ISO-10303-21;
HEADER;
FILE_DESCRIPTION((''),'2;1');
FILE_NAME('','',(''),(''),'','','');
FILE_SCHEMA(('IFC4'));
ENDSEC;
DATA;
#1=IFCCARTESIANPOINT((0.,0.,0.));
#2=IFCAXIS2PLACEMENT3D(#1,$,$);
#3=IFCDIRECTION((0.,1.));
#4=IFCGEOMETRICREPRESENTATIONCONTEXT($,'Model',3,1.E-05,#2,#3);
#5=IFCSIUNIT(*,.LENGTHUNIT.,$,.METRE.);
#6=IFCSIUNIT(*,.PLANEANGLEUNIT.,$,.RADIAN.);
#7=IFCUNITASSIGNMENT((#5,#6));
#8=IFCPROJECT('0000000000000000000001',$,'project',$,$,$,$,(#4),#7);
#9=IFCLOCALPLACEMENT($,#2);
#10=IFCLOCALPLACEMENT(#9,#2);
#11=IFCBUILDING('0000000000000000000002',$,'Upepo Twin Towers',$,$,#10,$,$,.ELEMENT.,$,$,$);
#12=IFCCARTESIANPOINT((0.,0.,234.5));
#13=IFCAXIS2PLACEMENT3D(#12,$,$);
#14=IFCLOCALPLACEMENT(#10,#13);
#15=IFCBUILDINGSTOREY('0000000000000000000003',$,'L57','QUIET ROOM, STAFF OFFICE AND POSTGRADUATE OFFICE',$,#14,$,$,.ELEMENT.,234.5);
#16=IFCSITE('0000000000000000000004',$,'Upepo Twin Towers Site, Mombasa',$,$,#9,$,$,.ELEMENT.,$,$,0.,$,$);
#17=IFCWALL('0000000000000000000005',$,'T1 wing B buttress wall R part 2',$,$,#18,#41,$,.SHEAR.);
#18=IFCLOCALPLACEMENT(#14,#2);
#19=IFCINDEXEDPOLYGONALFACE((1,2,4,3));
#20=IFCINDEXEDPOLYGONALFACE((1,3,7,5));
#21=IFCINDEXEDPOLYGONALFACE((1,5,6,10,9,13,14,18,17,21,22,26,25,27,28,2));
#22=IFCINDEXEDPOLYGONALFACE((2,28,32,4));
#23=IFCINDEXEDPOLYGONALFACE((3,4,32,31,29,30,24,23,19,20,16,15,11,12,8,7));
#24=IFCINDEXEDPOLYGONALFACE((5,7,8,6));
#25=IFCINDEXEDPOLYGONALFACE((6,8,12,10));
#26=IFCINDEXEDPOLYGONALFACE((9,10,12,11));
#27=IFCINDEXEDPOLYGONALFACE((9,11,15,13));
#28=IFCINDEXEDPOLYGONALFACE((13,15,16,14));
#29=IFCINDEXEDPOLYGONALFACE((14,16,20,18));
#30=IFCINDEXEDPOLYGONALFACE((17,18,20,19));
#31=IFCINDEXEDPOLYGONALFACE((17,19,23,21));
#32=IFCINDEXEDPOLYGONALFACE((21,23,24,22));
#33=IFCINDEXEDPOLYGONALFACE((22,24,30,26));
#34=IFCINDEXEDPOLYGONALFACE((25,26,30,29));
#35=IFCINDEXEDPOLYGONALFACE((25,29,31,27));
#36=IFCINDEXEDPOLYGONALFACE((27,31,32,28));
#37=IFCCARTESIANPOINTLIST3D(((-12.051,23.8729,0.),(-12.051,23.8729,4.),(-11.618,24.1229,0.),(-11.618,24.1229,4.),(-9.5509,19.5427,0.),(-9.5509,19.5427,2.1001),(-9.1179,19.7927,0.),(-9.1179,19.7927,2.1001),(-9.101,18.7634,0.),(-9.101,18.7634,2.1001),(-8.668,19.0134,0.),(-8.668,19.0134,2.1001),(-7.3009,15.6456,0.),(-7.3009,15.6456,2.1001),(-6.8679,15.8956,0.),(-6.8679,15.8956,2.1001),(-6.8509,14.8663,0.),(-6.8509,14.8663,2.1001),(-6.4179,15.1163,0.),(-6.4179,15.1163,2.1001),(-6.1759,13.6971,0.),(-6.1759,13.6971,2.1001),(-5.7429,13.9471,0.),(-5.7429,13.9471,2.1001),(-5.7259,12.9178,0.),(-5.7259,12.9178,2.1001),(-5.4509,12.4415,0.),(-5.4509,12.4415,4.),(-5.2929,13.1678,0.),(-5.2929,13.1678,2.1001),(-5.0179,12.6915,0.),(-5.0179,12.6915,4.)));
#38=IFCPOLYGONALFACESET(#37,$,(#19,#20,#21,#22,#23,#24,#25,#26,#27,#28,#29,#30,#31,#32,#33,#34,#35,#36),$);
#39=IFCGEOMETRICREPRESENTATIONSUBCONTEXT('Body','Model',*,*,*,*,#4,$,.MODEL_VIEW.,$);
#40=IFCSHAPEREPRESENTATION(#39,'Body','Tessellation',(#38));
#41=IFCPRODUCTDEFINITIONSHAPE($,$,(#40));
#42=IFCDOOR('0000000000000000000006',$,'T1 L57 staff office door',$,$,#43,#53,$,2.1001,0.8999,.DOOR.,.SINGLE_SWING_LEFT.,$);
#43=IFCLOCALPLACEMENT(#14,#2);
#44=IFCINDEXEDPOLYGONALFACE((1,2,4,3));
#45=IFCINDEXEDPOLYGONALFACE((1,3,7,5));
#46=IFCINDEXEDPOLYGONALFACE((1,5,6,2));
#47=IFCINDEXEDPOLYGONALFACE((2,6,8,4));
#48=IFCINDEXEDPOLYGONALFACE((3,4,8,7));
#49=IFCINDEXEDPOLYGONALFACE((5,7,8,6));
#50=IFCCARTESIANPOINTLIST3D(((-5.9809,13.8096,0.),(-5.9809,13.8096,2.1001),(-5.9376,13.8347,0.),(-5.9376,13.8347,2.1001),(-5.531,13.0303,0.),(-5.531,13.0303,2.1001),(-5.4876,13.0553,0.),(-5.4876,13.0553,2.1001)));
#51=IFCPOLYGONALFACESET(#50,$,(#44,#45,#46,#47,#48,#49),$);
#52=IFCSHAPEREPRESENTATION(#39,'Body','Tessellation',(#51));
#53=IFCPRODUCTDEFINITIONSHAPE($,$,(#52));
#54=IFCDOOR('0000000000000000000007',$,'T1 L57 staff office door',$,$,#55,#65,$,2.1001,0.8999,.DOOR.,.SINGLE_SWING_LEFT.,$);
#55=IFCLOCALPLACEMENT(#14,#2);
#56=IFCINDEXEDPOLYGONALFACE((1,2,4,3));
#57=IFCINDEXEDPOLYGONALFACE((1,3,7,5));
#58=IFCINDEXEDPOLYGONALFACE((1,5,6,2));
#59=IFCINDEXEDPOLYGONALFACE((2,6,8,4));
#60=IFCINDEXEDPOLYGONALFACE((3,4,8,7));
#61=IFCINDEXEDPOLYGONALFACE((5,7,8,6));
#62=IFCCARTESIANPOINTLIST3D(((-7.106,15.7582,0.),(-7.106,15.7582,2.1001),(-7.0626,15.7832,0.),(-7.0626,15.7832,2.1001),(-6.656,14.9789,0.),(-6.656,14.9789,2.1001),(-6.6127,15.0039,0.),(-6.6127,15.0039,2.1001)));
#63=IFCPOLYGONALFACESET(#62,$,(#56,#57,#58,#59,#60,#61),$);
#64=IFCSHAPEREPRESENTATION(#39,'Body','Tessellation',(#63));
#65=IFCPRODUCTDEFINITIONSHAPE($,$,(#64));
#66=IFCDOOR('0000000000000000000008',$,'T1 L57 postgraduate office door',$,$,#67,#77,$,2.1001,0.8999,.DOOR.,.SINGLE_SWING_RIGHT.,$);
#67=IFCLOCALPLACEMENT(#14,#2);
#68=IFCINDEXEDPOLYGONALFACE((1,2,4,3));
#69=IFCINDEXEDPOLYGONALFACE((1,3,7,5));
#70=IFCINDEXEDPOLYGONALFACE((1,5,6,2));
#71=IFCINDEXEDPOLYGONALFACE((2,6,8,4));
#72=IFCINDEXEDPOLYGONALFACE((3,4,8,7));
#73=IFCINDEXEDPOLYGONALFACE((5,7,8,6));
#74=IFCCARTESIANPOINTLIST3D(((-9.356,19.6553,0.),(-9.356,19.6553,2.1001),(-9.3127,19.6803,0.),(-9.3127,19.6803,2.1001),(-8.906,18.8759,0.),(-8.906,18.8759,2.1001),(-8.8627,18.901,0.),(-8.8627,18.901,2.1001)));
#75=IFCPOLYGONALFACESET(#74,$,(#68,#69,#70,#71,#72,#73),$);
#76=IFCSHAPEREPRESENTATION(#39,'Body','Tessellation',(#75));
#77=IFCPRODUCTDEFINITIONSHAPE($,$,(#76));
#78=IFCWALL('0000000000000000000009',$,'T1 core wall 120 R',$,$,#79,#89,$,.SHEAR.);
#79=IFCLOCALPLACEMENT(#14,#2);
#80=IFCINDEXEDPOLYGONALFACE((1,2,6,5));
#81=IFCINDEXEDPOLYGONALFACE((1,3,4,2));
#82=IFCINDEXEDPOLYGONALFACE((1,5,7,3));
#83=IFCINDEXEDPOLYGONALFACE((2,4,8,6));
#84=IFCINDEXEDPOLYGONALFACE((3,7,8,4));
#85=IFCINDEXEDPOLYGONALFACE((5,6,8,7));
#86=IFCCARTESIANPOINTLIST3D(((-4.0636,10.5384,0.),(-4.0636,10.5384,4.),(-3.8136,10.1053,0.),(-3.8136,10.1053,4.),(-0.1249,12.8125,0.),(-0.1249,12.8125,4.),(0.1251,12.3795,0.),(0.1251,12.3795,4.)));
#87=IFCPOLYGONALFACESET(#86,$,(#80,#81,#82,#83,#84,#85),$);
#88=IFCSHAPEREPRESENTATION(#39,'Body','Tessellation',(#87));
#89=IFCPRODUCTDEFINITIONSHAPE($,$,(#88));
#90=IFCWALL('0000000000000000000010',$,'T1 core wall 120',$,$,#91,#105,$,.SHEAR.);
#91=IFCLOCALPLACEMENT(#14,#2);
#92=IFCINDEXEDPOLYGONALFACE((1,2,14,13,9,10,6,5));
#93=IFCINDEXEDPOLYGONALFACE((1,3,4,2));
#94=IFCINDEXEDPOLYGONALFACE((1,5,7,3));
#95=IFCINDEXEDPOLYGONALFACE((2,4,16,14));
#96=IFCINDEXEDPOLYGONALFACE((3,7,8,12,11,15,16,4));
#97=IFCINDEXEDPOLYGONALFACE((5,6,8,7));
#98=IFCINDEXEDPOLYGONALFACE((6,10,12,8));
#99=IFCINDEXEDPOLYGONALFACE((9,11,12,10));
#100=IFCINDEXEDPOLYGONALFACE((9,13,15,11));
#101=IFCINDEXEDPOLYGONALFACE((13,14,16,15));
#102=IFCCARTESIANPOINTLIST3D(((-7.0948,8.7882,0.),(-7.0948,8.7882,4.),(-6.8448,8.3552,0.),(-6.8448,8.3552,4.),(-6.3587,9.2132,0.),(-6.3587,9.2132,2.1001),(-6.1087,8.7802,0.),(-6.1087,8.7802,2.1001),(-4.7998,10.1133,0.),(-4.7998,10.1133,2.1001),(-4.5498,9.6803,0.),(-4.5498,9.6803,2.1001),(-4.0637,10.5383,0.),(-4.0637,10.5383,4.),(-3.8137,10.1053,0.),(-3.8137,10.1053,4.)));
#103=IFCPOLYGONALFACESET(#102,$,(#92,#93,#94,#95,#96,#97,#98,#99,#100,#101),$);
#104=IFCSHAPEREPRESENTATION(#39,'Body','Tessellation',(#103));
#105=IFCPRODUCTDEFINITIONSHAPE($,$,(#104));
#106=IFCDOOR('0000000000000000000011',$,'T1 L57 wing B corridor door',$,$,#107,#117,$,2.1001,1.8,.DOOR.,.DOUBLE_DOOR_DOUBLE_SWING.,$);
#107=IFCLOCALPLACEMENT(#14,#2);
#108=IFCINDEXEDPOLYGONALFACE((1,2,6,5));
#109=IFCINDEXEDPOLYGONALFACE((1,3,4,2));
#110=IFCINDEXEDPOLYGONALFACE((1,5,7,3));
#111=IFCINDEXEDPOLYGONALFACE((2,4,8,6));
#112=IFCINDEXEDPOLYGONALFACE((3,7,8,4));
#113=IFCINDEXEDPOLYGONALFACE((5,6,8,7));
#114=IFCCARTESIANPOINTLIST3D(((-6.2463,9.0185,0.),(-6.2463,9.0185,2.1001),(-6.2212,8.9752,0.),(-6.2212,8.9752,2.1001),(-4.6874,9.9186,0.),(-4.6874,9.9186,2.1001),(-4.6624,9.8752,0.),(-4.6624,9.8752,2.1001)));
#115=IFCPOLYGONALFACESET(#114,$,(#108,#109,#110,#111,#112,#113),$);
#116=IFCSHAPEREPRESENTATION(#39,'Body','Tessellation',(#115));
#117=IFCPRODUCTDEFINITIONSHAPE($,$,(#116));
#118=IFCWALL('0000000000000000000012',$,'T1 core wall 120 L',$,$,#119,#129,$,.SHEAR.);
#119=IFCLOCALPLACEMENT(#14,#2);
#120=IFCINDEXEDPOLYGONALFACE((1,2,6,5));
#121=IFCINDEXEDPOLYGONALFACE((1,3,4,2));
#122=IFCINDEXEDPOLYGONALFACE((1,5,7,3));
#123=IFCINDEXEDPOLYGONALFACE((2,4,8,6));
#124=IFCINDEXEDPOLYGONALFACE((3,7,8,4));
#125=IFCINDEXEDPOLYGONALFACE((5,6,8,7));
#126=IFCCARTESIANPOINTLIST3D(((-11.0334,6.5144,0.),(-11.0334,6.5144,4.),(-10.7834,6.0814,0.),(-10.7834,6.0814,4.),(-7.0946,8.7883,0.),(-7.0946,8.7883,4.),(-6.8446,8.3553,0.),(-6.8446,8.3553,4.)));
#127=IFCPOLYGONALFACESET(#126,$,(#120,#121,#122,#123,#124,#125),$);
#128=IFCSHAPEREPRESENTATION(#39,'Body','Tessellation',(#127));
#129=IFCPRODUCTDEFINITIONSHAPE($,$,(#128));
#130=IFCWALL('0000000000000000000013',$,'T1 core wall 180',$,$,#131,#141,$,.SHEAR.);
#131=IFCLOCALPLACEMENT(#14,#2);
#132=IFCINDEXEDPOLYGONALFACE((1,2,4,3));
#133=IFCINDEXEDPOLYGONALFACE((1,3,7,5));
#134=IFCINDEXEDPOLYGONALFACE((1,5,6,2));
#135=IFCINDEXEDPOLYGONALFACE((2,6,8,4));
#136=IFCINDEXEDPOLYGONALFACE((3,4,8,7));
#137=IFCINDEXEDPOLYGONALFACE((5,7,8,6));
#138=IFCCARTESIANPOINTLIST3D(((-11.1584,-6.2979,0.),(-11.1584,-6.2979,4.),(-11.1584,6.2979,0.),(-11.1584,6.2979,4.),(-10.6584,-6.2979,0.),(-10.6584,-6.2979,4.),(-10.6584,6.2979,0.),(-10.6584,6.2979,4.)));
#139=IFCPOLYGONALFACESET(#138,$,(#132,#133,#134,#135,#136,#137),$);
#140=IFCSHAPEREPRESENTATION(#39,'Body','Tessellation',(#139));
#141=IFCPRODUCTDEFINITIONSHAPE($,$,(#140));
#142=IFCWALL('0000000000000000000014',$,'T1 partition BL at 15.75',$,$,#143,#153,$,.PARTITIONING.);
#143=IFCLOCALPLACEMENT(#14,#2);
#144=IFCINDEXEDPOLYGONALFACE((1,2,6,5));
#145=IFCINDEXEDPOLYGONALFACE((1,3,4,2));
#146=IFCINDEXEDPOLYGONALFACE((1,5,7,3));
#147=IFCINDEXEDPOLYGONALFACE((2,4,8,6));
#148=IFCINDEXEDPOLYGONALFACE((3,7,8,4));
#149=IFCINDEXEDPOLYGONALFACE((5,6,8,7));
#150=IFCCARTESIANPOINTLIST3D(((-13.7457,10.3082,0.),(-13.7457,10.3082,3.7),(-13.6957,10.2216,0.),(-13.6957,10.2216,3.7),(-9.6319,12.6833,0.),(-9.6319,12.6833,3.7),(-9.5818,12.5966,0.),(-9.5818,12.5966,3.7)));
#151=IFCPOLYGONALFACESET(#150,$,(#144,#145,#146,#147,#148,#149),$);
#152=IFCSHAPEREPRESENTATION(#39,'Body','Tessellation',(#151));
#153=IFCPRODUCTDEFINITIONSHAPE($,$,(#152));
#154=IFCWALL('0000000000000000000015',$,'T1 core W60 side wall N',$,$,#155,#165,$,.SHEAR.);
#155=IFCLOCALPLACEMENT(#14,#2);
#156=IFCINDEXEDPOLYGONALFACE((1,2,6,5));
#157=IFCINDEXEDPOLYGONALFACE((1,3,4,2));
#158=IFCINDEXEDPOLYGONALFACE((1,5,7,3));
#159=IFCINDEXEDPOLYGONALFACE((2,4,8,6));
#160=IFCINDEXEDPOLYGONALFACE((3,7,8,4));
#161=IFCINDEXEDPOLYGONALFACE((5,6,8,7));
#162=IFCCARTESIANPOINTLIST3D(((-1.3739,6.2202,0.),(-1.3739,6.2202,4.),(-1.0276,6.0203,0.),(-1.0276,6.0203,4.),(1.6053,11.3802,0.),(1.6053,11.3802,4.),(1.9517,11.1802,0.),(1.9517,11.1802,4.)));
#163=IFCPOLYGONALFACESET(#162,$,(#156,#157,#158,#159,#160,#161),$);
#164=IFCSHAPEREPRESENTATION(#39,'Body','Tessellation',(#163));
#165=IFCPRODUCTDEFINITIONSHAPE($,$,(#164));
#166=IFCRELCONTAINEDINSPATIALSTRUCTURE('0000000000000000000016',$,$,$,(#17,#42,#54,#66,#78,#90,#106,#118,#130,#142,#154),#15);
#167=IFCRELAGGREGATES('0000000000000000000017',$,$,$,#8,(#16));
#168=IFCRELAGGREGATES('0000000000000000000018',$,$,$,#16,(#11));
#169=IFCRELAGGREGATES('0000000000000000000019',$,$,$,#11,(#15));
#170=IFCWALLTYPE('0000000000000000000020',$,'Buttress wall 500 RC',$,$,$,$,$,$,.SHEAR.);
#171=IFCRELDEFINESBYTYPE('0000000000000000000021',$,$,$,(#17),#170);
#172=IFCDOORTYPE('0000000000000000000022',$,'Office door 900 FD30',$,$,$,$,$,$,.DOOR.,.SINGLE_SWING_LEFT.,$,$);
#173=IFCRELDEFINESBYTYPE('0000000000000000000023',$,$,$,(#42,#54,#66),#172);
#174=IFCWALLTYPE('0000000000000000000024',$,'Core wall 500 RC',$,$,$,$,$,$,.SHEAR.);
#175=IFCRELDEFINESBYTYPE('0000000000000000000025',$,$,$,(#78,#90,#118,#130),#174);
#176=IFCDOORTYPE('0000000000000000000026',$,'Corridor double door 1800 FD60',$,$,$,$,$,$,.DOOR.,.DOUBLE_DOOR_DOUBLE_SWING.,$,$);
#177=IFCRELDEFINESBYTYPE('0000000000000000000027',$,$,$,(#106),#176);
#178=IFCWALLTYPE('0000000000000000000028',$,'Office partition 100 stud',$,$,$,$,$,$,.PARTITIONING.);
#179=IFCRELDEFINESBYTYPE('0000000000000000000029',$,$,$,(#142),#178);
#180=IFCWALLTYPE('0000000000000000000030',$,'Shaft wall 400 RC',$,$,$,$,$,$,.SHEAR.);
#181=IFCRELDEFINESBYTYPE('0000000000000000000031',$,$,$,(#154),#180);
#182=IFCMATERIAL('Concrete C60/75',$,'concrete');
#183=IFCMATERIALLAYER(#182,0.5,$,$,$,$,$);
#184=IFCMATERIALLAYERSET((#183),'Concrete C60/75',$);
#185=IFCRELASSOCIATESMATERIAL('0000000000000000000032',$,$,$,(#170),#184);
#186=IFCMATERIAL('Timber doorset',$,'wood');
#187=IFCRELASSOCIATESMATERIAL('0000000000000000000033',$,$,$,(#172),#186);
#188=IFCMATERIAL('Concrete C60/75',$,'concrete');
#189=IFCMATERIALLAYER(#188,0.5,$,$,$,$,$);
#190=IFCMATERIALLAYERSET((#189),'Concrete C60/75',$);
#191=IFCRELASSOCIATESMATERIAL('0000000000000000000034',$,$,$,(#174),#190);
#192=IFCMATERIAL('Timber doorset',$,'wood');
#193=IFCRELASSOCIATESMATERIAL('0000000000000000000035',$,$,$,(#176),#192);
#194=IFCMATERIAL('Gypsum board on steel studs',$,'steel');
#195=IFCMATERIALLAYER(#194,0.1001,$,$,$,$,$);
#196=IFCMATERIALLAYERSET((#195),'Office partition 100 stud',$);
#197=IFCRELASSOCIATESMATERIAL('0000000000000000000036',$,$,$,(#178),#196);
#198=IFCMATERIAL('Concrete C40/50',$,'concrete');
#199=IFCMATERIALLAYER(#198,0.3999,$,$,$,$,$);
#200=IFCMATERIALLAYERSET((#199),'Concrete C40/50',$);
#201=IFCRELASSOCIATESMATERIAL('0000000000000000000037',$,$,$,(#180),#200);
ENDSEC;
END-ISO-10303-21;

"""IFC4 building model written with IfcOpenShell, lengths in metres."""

from ifc_helpers import new_model, si_unit, direction, frame, frame_2d, origin, place, context, subcontext, project, spatial, rectangle, extrude, material, layer, layer_set, type_object, element, fill, save


model = new_model("IFC4")

# Units and contexts
model_context = context("Model", 3, precision=1e-05, world=origin(), true_north=direction((0.0, 1.0)))
body_context = subcontext(model_context, "Body", "Model", "MODEL_VIEW")
ifc_project = project(units=[si_unit("LENGTHUNIT", "METRE"), si_unit("PLANEANGLEUNIT", "RADIAN")], contexts=[model_context])

# Site, building, storey
site_placement = place(None, origin())
site = spatial("IfcSite", under=ifc_project, at=site_placement, Name="Upepo Twin Towers Site, Mombasa", CompositionType="ELEMENT", RefElevation=0.0)
building_placement = place(site_placement, origin())
building = spatial("IfcBuilding", under=site, at=building_placement, Name="Upepo Twin Towers", CompositionType="ELEMENT")
storey_placement = place(building_placement, frame((0.0, 0.0, 234.5)))
storey = spatial("IfcBuildingStorey", under=building, at=storey_placement, Name="L57", Description="QUIET ROOM, STAFF OFFICE AND POSTGRADUATE OFFICE", CompositionType="ELEMENT", Elevation=234.5)

# Wall, openings, doors
ifc_material_1 = material(Name="Concrete C60/75", Category="concrete")
ifc_layer_1 = layer(ifc_material_1, 0.5)
ifc_layer_set_1 = layer_set([ifc_layer_1], Name="Concrete C60/75")
wall_type_1 = type_object("IfcWallType", Name="Buttress wall 500 RC", PredefinedType="SHEAR", material=ifc_layer_set_1)
ifc_material_2 = material(Name="Timber doorset", Category="wood")
door_type_1 = type_object("IfcDoorType", Name="Office door 900 FD30", OperationType="SINGLE_SWING_LEFT", PredefinedType="DOOR", material=ifc_material_2)
wall_1_placement = place(storey_placement, frame((-5.2344, 12.5664, 0.0), z_axis=(0.0, 0.0, 1.0), x_axis=(-0.50001, 0.86602, 0.0)))
wall_1 = element("IfcWall", 1, at=wall_1_placement, inside=storey, type_object=wall_type_1, Name="T1 wing B buttress wall R part 2", PredefinedType="SHEAR", context=body_context, shape_type="SweptSolid", body=[
    extrude(rectangle(XDim=13.2, YDim=0.5, at=frame_2d((6.6001, 0.0))), origin(), (0.0, 0.0, 1.0), 4.0),
])
opening_1_placement = place(wall_1_placement, frame((0.55, 0.0, 0.0)))
opening_1 = element("IfcOpeningElement", 2, at=opening_1_placement, cuts=wall_1, PredefinedType="OPENING", context=body_context, shape_type="SweptSolid", body=[
    extrude(rectangle(XDim=0.8999, YDim=2.1001, at=frame_2d((0.45, 1.05))), frame((0.0, 0.26, 0.0), z_axis=(0.0, -1.0, 0.0), x_axis=(1.0, 0.0, 0.0)), (0.0, 0.0, 1.0), 0.52),
])
opening_2_placement = place(wall_1_placement, frame((2.8, 0.0, 0.0)))
opening_2 = element("IfcOpeningElement", 3, at=opening_2_placement, cuts=wall_1, PredefinedType="OPENING", context=body_context, shape_type="SweptSolid", body=[
    extrude(rectangle(XDim=0.8999, YDim=2.1001, at=frame_2d((0.45, 1.05))), frame((0.0, 0.26, 0.0), z_axis=(0.0, -1.0, 0.0), x_axis=(1.0, 0.0, 0.0)), (0.0, 0.0, 1.0), 0.52),
])
opening_3_placement = place(wall_1_placement, frame((7.3, 0.0, 0.0)))
opening_3 = element("IfcOpeningElement", 4, at=opening_3_placement, cuts=wall_1, PredefinedType="OPENING", context=body_context, shape_type="SweptSolid", body=[
    extrude(rectangle(XDim=0.8999, YDim=2.1001, at=frame_2d((0.45, 1.05))), frame((0.0, 0.26, 0.0), z_axis=(0.0, -1.0, 0.0), x_axis=(1.0, 0.0, 0.0)), (0.0, 0.0, 1.0), 0.52),
])
door_1_placement = place(opening_1_placement, origin())
door_1 = element("IfcDoor", 5, at=door_1_placement, inside=storey, type_object=door_type_1, Name="T1 L57 staff office door", OperationType="SINGLE_SWING_LEFT", OverallHeight=2.1001, OverallWidth=0.8999, PredefinedType="DOOR", context=body_context, shape_type="SweptSolid", body=[
    extrude(rectangle(XDim=0.8999, YDim=2.1001, at=frame_2d((0.45, 1.05))), frame((0.0, 0.0249, 0.0), z_axis=(0.0, -1.0, 0.0), x_axis=(1.0, 0.0, 0.0)), (0.0, 0.0, 1.0), 0.05),
])
fill(opening_1, door_1)
door_2_placement = place(opening_2_placement, origin())
door_2 = element("IfcDoor", 6, at=door_2_placement, inside=storey, type_object=door_type_1, Name="T1 L57 staff office door", OperationType="SINGLE_SWING_LEFT", OverallHeight=2.1001, OverallWidth=0.8999, PredefinedType="DOOR", context=body_context, shape_type="SweptSolid", body=[
    extrude(rectangle(XDim=0.8999, YDim=2.1001, at=frame_2d((0.45, 1.05))), frame((0.0, 0.0249, 0.0), z_axis=(0.0, -1.0, 0.0), x_axis=(1.0, 0.0, 0.0)), (0.0, 0.0, 1.0), 0.05),
])
fill(opening_2, door_2)
door_3_placement = place(opening_3_placement, origin())
door_3 = element("IfcDoor", 7, at=door_3_placement, inside=storey, type_object=door_type_1, Name="T1 L57 postgraduate office door", OperationType="SINGLE_SWING_RIGHT", OverallHeight=2.1001, OverallWidth=0.8999, PredefinedType="DOOR", context=body_context, shape_type="SweptSolid", body=[
    extrude(rectangle(XDim=0.8999, YDim=2.1001, at=frame_2d((0.45, 1.05))), frame((0.0, 0.0249, 0.0), z_axis=(0.0, -1.0, 0.0), x_axis=(1.0, 0.0, 0.0)), (0.0, 0.0, 1.0), 0.05),
])
fill(opening_3, door_3)

# Wall
ifc_material_3 = material(Name="Concrete C60/75", Category="concrete")
ifc_layer_2 = layer(ifc_material_3, 0.5)
ifc_layer_set_2 = layer_set([ifc_layer_2], Name="Concrete C60/75")
wall_type_2 = type_object("IfcWallType", Name="Core wall 500 RC", PredefinedType="SHEAR", material=ifc_layer_set_2)
wall_2_placement = place(storey_placement, frame((0.0, 12.5959, 0.0), z_axis=(0.0, 0.0, 1.0), x_axis=(-0.866011, -0.500024, 0.0)))
element("IfcWall", 8, at=wall_2_placement, inside=storey, type_object=wall_type_2, Name="T1 core wall 120 R", PredefinedType="SHEAR", context=body_context, shape_type="SweptSolid", body=[
    extrude(rectangle(XDim=4.5481, YDim=0.5, at=frame_2d((2.2739, 0.0))), origin(), (0.0, 0.0, 1.0), 4.0),
])

# Wall, opening, door
wall_3_placement = place(storey_placement, frame((-3.9387, 10.3218, 0.0), z_axis=(0.0, 0.0, 1.0), x_axis=(-0.866019, -0.50001, 0.0)))
wall_3 = element("IfcWall", 9, at=wall_3_placement, inside=storey, type_object=wall_type_2, Name="T1 core wall 120", PredefinedType="SHEAR", context=body_context, shape_type="SweptSolid", body=[
    extrude(rectangle(XDim=3.5, YDim=0.5, at=frame_2d((1.75, 0.0))), origin(), (0.0, 0.0, 1.0), 4.0),
])
opening_4_placement = place(wall_3_placement, frame((0.8501, 0.0, 0.0)))
opening_4 = element("IfcOpeningElement", 10, at=opening_4_placement, cuts=wall_3, PredefinedType="OPENING", context=body_context, shape_type="SweptSolid", body=[
    extrude(rectangle(XDim=1.8, YDim=2.1001, at=frame_2d((0.8999, 1.05))), frame((0.0, 0.26, 0.0), z_axis=(0.0, -1.0, 0.0), x_axis=(1.0, 0.0, 0.0)), (0.0, 0.0, 1.0), 0.52),
])
ifc_material_4 = material(Name="Timber doorset", Category="wood")
door_type_2 = type_object("IfcDoorType", Name="Corridor double door 1800 FD60", OperationType="DOUBLE_DOOR_DOUBLE_SWING", PredefinedType="DOOR", material=ifc_material_4)
door_4_placement = place(opening_4_placement, origin())
door_4 = element("IfcDoor", 11, at=door_4_placement, inside=storey, type_object=door_type_2, Name="T1 L57 wing B corridor door", OperationType="DOUBLE_DOOR_DOUBLE_SWING", OverallHeight=2.1001, OverallWidth=1.8, PredefinedType="DOOR", context=body_context, shape_type="SweptSolid", body=[
    extrude(rectangle(XDim=1.8, YDim=2.1001, at=frame_2d((0.8999, 1.05))), frame((0.0, 0.0249, 0.0), z_axis=(0.0, -1.0, 0.0), x_axis=(1.0, 0.0, 0.0)), (0.0, 0.0, 1.0), 0.05),
])
fill(opening_4, door_4)

# Walls
wall_4_placement = place(storey_placement, frame((-6.9697, 8.5718, 0.0), z_axis=(0.0, 0.0, 1.0), x_axis=(-0.866035, -0.499984, 0.0)))
element("IfcWall", 12, at=wall_4_placement, inside=storey, type_object=wall_type_2, Name="T1 core wall 120 L", PredefinedType="SHEAR", context=body_context, shape_type="SweptSolid", body=[
    extrude(rectangle(XDim=4.5481, YDim=0.5, at=frame_2d((2.2739, 0.0))), origin(), (0.0, 0.0, 1.0), 4.0),
])
wall_5_placement = place(storey_placement, frame((-10.9084, 6.2979, 0.0), z_axis=(0.0, 0.0, 1.0), x_axis=(0.0, -1.0, 0.0)))
element("IfcWall", 13, at=wall_5_placement, inside=storey, type_object=wall_type_2, Name="T1 core wall 180", PredefinedType="SHEAR", context=body_context, shape_type="SweptSolid", body=[
    extrude(rectangle(XDim=12.5957, YDim=0.5, at=frame_2d((6.2979, 0.0))), origin(), (0.0, 0.0, 1.0), 4.0),
])
ifc_material_5 = material(Name="Gypsum board on steel studs", Category="steel")
ifc_layer_3 = layer(ifc_material_5, 0.1001)
ifc_layer_set_3 = layer_set([ifc_layer_3], Name="Office partition 100 stud")
wall_type_3 = type_object("IfcWallType", Name="Office partition 100 stud", PredefinedType="PARTITIONING", material=ifc_layer_set_3)
wall_6_placement = place(storey_placement, frame((-9.6069, 12.6399, 0.0), z_axis=(0.0, 0.0, 1.0), x_axis=(-0.866033, -0.499986, 0.0)))
element("IfcWall", 14, at=wall_6_placement, inside=storey, type_object=wall_type_3, Name="T1 partition BL at 15.75", PredefinedType="PARTITIONING", context=body_context, shape_type="SweptSolid", body=[
    extrude(rectangle(XDim=4.7502, YDim=0.1001, at=frame_2d((2.375, 0.0))), origin(), (0.0, 0.0, 1.0), 3.7),
])
ifc_material_6 = material(Name="Concrete C40/50", Category="concrete")
ifc_layer_4 = layer(ifc_material_6, 0.3999)
ifc_layer_set_4 = layer_set([ifc_layer_4], Name="Concrete C40/50")
wall_type_4 = type_object("IfcWallType", Name="Shaft wall 400 RC", PredefinedType="SHEAR", material=ifc_layer_set_4)
wall_7_placement = place(storey_placement, frame((-1.2007, 6.1204, 0.0), z_axis=(0.0, 0.0, 1.0), x_axis=(0.500022, 0.866013, 0.0)))
element("IfcWall", 15, at=wall_7_placement, inside=storey, type_object=wall_type_4, Name="T1 core W60 side wall N", PredefinedType="SHEAR", context=body_context, shape_type="SweptSolid", body=[
    extrude(rectangle(XDim=5.9583, YDim=0.3999, at=frame_2d((2.979, 0.0))), origin(), (0.0, 0.0, 1.0), 4.0),
])

save(model, "model.ifc")
